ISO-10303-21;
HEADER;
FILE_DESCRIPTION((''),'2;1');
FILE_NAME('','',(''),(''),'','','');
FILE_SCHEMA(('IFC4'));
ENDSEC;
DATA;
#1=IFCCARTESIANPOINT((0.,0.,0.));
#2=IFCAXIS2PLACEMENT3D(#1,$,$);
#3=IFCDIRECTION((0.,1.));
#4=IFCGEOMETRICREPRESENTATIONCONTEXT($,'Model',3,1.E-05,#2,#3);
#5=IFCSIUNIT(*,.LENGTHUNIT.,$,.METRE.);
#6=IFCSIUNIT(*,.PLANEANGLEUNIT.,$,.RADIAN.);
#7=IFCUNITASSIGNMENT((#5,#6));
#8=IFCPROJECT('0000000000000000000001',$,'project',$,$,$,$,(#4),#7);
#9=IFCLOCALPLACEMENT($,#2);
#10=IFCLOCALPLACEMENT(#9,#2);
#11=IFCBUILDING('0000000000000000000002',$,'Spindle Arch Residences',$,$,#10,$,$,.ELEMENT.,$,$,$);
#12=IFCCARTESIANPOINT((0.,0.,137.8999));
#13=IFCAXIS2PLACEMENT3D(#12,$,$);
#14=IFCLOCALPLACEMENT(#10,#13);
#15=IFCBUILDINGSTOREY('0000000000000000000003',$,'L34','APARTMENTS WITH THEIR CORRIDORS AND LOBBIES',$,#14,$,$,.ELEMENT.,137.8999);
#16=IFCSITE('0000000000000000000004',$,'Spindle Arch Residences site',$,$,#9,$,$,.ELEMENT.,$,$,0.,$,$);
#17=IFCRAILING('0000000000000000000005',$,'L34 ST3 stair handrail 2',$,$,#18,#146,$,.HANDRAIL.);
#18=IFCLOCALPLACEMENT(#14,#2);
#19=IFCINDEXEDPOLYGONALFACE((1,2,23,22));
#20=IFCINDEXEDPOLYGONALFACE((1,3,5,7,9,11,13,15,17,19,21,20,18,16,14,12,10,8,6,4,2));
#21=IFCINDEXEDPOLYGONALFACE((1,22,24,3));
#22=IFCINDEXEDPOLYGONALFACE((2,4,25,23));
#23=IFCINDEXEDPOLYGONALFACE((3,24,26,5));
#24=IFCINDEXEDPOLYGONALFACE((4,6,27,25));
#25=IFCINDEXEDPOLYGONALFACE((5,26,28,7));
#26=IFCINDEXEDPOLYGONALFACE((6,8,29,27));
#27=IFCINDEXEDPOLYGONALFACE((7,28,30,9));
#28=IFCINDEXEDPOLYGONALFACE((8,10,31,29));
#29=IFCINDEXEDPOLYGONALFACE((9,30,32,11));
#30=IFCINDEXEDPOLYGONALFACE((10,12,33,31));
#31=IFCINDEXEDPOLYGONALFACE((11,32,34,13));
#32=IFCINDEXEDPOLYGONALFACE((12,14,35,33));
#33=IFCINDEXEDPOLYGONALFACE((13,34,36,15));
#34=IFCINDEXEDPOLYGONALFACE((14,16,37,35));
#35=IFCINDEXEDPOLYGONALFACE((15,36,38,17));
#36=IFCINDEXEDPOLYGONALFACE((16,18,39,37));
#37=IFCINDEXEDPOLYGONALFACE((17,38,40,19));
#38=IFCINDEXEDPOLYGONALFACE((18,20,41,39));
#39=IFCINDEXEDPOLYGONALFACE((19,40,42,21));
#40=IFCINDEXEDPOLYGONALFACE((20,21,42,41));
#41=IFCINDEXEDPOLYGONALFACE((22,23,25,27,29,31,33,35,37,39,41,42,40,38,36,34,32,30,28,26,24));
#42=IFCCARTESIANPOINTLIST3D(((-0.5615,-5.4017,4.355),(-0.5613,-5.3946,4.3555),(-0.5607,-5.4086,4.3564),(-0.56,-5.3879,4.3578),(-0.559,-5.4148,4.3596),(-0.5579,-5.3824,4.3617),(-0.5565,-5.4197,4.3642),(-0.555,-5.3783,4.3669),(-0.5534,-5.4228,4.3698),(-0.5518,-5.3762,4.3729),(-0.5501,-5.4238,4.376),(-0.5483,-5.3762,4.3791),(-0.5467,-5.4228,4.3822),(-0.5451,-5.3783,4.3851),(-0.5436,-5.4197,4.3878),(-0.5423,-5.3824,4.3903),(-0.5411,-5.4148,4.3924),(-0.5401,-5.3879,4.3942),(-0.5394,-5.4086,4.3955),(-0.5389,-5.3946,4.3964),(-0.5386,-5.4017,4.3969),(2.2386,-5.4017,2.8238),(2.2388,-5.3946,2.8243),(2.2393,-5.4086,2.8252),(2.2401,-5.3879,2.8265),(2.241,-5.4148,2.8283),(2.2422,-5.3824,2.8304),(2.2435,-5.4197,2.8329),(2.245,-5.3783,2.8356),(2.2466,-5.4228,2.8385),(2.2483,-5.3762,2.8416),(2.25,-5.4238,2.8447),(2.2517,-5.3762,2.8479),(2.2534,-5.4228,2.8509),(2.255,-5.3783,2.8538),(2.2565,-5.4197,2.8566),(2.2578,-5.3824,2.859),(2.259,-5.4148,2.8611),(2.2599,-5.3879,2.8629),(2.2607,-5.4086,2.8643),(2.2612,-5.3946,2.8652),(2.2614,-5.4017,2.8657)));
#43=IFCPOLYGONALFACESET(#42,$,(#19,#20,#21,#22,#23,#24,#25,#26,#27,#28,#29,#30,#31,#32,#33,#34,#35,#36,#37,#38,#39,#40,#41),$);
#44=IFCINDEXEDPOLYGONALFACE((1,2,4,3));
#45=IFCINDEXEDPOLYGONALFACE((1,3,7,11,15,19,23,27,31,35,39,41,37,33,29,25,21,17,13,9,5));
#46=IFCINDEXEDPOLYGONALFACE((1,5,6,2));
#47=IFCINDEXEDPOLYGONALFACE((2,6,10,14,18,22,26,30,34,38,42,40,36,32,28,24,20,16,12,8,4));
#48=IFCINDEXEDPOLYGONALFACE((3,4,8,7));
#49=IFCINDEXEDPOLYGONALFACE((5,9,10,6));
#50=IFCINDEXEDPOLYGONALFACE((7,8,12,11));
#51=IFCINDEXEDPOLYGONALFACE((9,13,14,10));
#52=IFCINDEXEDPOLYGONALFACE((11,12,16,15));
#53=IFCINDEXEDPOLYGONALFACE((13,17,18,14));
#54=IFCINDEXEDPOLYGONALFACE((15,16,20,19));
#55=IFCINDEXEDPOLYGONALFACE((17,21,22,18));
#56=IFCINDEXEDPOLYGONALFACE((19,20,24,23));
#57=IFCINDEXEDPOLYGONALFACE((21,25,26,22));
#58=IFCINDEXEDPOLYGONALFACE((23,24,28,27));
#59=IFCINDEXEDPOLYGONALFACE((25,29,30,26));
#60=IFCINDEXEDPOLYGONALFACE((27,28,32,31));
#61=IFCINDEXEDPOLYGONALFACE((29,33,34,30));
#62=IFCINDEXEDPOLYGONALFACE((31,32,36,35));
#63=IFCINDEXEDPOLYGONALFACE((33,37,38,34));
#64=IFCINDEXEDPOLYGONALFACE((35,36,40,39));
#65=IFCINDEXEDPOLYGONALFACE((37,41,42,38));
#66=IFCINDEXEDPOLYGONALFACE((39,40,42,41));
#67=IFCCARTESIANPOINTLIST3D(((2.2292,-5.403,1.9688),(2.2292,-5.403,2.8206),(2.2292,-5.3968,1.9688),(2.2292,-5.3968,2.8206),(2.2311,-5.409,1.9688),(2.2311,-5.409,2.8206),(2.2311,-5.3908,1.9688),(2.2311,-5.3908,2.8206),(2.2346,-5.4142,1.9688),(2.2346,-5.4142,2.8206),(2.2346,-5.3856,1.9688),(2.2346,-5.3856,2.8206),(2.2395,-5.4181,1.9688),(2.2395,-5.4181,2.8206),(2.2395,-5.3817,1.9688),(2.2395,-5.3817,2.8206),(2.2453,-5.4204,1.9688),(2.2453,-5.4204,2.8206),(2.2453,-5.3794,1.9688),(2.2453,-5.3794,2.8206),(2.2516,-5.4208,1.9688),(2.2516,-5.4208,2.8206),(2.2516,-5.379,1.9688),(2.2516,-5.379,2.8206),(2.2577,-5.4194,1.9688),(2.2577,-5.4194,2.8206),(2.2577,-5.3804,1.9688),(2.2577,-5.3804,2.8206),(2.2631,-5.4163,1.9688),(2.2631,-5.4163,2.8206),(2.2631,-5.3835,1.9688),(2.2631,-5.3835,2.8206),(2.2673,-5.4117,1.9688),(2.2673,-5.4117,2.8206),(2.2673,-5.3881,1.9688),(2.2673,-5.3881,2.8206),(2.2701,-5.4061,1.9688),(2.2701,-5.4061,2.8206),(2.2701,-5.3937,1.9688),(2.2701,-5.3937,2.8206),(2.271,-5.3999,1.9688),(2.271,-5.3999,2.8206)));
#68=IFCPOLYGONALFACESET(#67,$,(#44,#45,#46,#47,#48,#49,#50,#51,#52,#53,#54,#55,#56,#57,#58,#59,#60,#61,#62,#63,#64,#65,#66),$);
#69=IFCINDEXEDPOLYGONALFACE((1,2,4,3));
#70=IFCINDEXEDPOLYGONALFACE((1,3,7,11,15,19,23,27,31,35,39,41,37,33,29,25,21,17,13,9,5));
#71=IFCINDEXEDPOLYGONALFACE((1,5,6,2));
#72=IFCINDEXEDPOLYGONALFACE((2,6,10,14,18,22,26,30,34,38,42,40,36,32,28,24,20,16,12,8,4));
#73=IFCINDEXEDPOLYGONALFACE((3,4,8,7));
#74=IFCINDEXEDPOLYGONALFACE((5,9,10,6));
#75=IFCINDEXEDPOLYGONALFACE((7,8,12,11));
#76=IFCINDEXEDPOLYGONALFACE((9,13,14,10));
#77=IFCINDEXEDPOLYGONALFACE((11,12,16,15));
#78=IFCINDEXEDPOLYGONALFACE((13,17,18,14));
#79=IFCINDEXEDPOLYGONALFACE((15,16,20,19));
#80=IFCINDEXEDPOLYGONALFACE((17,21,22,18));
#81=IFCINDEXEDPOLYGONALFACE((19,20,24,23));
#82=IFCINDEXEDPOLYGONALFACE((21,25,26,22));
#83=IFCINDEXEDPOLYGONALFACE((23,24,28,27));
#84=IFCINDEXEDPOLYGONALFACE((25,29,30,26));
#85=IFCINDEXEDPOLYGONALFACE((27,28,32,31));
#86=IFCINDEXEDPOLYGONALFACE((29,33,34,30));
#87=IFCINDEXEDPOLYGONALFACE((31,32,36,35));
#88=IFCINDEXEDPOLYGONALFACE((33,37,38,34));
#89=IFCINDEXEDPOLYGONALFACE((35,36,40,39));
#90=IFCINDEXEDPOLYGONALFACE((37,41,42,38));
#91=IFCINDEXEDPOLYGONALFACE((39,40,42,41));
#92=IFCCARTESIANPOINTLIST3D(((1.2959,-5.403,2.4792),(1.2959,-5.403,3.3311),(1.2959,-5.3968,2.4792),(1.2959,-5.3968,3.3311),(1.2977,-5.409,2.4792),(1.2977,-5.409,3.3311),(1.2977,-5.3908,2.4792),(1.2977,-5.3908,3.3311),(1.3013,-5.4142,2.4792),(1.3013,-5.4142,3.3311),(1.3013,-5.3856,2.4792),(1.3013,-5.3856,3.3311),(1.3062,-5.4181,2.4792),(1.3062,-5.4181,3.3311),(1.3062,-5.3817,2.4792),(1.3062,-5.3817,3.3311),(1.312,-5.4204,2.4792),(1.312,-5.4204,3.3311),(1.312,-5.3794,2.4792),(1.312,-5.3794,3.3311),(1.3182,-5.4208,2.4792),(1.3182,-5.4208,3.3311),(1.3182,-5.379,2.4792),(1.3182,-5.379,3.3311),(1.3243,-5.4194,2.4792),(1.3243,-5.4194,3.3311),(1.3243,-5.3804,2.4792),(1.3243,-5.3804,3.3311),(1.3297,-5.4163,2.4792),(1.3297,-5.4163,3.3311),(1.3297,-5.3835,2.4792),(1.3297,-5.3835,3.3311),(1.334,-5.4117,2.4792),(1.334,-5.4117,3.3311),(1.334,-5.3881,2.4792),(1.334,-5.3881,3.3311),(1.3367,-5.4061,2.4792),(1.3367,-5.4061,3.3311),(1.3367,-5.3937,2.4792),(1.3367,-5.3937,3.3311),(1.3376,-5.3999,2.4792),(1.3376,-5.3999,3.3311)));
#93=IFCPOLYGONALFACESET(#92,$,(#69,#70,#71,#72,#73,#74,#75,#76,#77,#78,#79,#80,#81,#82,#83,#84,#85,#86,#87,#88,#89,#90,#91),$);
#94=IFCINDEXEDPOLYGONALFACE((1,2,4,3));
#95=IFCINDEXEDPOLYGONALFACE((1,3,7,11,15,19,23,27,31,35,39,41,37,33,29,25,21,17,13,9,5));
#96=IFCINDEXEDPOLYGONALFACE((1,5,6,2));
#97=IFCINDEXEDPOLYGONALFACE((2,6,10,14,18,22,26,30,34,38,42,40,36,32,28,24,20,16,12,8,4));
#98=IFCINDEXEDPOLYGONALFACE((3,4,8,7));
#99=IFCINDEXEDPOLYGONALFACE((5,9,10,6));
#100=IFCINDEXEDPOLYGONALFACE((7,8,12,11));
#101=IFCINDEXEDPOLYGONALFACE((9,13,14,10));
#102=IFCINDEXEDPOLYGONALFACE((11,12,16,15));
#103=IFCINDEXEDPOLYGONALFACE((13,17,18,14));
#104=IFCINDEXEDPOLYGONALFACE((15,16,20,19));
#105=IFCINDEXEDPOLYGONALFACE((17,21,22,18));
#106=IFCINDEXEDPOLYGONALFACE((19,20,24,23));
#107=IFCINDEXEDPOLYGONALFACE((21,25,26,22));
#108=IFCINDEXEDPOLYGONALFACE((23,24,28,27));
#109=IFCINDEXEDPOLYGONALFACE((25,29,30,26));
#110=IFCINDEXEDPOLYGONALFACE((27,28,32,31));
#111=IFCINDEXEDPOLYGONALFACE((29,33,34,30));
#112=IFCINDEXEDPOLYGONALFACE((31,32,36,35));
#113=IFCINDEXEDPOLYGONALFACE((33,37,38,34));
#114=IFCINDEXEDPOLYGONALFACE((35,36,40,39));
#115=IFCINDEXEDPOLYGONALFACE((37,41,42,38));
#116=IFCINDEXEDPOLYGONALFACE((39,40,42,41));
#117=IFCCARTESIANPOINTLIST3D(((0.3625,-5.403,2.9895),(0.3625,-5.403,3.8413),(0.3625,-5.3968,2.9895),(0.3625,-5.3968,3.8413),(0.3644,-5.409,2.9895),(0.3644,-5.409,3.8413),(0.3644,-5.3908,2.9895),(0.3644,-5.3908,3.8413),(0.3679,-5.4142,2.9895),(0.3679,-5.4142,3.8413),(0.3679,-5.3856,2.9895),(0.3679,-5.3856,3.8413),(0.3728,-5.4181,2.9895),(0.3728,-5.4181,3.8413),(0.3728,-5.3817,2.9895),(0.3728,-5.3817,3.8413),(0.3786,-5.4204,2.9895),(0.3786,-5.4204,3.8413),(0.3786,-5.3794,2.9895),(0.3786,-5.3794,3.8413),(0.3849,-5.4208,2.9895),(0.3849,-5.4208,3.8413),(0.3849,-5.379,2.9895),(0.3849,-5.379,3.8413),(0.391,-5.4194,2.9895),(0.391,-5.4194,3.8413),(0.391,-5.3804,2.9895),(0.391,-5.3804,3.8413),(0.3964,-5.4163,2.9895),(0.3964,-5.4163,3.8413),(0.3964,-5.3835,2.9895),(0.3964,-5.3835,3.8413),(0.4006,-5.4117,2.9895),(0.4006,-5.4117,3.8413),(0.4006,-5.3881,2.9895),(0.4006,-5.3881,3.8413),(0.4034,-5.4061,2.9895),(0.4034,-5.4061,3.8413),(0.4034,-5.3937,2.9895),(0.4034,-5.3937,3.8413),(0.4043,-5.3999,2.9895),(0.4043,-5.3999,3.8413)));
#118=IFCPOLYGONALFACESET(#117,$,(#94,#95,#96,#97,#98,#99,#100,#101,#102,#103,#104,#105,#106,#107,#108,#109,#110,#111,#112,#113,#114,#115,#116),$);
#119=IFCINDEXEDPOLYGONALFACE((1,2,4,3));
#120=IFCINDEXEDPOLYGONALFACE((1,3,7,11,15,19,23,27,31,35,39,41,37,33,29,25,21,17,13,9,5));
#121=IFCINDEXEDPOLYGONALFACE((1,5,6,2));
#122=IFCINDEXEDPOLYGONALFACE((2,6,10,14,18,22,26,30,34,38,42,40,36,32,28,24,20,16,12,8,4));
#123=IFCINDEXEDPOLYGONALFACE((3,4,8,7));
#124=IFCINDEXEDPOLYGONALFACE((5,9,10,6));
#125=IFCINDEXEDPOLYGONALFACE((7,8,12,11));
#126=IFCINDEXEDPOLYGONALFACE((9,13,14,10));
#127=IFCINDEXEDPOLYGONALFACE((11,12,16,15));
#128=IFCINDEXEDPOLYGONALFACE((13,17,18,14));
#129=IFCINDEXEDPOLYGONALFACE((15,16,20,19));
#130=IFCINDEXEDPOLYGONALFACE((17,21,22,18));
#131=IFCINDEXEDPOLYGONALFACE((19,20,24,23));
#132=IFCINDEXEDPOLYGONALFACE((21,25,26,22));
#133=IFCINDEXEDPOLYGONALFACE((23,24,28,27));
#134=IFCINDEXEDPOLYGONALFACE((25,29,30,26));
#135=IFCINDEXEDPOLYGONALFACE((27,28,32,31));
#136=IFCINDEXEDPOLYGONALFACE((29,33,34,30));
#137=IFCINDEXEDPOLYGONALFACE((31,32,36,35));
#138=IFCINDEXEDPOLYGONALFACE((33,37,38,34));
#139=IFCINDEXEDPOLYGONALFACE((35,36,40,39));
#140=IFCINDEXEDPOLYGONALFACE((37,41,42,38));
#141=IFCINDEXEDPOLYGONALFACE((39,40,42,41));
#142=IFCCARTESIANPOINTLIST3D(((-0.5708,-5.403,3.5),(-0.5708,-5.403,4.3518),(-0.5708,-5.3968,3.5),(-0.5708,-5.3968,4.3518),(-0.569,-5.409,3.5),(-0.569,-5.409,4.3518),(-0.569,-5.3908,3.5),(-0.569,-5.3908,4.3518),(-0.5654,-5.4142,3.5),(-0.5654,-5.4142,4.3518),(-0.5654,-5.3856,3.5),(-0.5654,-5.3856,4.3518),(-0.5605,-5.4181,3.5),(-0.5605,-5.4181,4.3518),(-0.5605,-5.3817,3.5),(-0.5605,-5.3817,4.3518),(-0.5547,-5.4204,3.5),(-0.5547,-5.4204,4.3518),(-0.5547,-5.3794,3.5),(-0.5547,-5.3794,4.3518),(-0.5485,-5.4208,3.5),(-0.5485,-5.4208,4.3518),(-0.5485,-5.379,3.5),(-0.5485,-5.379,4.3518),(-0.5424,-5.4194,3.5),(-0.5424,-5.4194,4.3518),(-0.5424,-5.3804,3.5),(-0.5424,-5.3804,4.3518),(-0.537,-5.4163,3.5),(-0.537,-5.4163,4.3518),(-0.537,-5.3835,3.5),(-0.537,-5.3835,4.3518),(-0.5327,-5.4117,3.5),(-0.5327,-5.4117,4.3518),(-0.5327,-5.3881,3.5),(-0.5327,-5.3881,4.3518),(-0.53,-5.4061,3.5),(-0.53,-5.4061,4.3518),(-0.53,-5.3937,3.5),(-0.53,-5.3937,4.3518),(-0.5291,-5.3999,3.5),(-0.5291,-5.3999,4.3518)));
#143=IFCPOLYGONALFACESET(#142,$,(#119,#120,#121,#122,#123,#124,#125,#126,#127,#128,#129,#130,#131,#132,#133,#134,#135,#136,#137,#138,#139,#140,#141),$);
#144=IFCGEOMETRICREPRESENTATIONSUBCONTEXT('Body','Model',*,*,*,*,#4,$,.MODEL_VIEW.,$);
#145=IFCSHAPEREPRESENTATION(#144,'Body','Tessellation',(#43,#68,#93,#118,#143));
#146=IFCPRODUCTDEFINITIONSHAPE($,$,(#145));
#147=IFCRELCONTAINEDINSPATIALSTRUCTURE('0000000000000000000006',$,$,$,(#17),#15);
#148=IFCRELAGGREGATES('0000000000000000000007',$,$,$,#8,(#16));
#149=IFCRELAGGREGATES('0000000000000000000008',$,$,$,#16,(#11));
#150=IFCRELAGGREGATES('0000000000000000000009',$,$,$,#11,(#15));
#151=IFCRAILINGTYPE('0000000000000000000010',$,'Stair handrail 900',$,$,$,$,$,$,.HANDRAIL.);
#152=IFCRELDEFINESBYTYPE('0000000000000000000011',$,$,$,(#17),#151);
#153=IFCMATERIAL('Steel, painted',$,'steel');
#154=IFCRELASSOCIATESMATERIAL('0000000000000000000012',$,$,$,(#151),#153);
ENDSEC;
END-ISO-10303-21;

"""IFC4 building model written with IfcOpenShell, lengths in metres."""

from ifc_helpers import new_model, si_unit, direction, frame, origin, origin_2d, place, context, subcontext, project, spatial, circle, extrude, material, type_object, element, save


model = new_model("IFC4")

# Units and contexts
model_context = context("Model", 3, precision=1e-05, world=origin(), true_north=direction((0.0, 1.0)))
body_context = subcontext(model_context, "Body", "Model", "MODEL_VIEW")
ifc_project = project(units=[si_unit("LENGTHUNIT", "METRE"), si_unit("PLANEANGLEUNIT", "RADIAN")], contexts=[model_context])

# Site, building, storey
site_placement = place(None, origin())
site = spatial("IfcSite", under=ifc_project, at=site_placement, Name="Spindle Arch Residences site", CompositionType="ELEMENT", RefElevation=0.0)
building_placement = place(site_placement, origin())
building = spatial("IfcBuilding", under=site, at=building_placement, Name="Spindle Arch Residences", CompositionType="ELEMENT")
storey_placement = place(building_placement, frame((0.0, 0.0, 137.8999)))
storey = spatial("IfcBuildingStorey", under=building, at=storey_placement, Name="L34", Description="APARTMENTS WITH THEIR CORRIDORS AND LOBBIES", CompositionType="ELEMENT", Elevation=137.8999)

# Railing
ifc_material_1 = material(Name="Steel, painted", Category="steel")
railing_type_1 = type_object("IfcRailingType", Name="Stair handrail 900", PredefinedType="HANDRAIL", material=ifc_material_1)
railing_1_placement = place(storey_placement, frame((2.25, -5.3999, 1.9688)))
element("IfcRailing", 1, at=railing_1_placement, inside=storey, type_object=railing_type_1, Name="L34 ST3 stair handrail 2", PredefinedType="HANDRAIL", context=body_context, shape_type="SweptSolid", body=[
    extrude(circle(Radius=0.0239, at=origin_2d()), frame((0.0, 0.0, 0.876), z_axis=(-0.877375, 0.0, 0.479806), x_axis=(0.0, -1.0, 0.0)), (0.0, 0.0, 1.0), 3.1914),
    extrude(circle(Radius=0.021, at=origin_2d()), origin(), (0.0, 0.0, 1.0), 0.8518),
    extrude(circle(Radius=0.021, at=origin_2d()), frame((-0.9333, 0.0, 0.5105)), (0.0, 0.0, 1.0), 0.8518),
    extrude(circle(Radius=0.021, at=origin_2d()), frame((-1.8667, 0.0, 1.0208)), (0.0, 0.0, 1.0), 0.8518),
    extrude(circle(Radius=0.021, at=origin_2d()), frame((-2.8, 0.0, 1.5312)), (0.0, 0.0, 1.0), 0.8518),
])

save(model, "model.ifc")
